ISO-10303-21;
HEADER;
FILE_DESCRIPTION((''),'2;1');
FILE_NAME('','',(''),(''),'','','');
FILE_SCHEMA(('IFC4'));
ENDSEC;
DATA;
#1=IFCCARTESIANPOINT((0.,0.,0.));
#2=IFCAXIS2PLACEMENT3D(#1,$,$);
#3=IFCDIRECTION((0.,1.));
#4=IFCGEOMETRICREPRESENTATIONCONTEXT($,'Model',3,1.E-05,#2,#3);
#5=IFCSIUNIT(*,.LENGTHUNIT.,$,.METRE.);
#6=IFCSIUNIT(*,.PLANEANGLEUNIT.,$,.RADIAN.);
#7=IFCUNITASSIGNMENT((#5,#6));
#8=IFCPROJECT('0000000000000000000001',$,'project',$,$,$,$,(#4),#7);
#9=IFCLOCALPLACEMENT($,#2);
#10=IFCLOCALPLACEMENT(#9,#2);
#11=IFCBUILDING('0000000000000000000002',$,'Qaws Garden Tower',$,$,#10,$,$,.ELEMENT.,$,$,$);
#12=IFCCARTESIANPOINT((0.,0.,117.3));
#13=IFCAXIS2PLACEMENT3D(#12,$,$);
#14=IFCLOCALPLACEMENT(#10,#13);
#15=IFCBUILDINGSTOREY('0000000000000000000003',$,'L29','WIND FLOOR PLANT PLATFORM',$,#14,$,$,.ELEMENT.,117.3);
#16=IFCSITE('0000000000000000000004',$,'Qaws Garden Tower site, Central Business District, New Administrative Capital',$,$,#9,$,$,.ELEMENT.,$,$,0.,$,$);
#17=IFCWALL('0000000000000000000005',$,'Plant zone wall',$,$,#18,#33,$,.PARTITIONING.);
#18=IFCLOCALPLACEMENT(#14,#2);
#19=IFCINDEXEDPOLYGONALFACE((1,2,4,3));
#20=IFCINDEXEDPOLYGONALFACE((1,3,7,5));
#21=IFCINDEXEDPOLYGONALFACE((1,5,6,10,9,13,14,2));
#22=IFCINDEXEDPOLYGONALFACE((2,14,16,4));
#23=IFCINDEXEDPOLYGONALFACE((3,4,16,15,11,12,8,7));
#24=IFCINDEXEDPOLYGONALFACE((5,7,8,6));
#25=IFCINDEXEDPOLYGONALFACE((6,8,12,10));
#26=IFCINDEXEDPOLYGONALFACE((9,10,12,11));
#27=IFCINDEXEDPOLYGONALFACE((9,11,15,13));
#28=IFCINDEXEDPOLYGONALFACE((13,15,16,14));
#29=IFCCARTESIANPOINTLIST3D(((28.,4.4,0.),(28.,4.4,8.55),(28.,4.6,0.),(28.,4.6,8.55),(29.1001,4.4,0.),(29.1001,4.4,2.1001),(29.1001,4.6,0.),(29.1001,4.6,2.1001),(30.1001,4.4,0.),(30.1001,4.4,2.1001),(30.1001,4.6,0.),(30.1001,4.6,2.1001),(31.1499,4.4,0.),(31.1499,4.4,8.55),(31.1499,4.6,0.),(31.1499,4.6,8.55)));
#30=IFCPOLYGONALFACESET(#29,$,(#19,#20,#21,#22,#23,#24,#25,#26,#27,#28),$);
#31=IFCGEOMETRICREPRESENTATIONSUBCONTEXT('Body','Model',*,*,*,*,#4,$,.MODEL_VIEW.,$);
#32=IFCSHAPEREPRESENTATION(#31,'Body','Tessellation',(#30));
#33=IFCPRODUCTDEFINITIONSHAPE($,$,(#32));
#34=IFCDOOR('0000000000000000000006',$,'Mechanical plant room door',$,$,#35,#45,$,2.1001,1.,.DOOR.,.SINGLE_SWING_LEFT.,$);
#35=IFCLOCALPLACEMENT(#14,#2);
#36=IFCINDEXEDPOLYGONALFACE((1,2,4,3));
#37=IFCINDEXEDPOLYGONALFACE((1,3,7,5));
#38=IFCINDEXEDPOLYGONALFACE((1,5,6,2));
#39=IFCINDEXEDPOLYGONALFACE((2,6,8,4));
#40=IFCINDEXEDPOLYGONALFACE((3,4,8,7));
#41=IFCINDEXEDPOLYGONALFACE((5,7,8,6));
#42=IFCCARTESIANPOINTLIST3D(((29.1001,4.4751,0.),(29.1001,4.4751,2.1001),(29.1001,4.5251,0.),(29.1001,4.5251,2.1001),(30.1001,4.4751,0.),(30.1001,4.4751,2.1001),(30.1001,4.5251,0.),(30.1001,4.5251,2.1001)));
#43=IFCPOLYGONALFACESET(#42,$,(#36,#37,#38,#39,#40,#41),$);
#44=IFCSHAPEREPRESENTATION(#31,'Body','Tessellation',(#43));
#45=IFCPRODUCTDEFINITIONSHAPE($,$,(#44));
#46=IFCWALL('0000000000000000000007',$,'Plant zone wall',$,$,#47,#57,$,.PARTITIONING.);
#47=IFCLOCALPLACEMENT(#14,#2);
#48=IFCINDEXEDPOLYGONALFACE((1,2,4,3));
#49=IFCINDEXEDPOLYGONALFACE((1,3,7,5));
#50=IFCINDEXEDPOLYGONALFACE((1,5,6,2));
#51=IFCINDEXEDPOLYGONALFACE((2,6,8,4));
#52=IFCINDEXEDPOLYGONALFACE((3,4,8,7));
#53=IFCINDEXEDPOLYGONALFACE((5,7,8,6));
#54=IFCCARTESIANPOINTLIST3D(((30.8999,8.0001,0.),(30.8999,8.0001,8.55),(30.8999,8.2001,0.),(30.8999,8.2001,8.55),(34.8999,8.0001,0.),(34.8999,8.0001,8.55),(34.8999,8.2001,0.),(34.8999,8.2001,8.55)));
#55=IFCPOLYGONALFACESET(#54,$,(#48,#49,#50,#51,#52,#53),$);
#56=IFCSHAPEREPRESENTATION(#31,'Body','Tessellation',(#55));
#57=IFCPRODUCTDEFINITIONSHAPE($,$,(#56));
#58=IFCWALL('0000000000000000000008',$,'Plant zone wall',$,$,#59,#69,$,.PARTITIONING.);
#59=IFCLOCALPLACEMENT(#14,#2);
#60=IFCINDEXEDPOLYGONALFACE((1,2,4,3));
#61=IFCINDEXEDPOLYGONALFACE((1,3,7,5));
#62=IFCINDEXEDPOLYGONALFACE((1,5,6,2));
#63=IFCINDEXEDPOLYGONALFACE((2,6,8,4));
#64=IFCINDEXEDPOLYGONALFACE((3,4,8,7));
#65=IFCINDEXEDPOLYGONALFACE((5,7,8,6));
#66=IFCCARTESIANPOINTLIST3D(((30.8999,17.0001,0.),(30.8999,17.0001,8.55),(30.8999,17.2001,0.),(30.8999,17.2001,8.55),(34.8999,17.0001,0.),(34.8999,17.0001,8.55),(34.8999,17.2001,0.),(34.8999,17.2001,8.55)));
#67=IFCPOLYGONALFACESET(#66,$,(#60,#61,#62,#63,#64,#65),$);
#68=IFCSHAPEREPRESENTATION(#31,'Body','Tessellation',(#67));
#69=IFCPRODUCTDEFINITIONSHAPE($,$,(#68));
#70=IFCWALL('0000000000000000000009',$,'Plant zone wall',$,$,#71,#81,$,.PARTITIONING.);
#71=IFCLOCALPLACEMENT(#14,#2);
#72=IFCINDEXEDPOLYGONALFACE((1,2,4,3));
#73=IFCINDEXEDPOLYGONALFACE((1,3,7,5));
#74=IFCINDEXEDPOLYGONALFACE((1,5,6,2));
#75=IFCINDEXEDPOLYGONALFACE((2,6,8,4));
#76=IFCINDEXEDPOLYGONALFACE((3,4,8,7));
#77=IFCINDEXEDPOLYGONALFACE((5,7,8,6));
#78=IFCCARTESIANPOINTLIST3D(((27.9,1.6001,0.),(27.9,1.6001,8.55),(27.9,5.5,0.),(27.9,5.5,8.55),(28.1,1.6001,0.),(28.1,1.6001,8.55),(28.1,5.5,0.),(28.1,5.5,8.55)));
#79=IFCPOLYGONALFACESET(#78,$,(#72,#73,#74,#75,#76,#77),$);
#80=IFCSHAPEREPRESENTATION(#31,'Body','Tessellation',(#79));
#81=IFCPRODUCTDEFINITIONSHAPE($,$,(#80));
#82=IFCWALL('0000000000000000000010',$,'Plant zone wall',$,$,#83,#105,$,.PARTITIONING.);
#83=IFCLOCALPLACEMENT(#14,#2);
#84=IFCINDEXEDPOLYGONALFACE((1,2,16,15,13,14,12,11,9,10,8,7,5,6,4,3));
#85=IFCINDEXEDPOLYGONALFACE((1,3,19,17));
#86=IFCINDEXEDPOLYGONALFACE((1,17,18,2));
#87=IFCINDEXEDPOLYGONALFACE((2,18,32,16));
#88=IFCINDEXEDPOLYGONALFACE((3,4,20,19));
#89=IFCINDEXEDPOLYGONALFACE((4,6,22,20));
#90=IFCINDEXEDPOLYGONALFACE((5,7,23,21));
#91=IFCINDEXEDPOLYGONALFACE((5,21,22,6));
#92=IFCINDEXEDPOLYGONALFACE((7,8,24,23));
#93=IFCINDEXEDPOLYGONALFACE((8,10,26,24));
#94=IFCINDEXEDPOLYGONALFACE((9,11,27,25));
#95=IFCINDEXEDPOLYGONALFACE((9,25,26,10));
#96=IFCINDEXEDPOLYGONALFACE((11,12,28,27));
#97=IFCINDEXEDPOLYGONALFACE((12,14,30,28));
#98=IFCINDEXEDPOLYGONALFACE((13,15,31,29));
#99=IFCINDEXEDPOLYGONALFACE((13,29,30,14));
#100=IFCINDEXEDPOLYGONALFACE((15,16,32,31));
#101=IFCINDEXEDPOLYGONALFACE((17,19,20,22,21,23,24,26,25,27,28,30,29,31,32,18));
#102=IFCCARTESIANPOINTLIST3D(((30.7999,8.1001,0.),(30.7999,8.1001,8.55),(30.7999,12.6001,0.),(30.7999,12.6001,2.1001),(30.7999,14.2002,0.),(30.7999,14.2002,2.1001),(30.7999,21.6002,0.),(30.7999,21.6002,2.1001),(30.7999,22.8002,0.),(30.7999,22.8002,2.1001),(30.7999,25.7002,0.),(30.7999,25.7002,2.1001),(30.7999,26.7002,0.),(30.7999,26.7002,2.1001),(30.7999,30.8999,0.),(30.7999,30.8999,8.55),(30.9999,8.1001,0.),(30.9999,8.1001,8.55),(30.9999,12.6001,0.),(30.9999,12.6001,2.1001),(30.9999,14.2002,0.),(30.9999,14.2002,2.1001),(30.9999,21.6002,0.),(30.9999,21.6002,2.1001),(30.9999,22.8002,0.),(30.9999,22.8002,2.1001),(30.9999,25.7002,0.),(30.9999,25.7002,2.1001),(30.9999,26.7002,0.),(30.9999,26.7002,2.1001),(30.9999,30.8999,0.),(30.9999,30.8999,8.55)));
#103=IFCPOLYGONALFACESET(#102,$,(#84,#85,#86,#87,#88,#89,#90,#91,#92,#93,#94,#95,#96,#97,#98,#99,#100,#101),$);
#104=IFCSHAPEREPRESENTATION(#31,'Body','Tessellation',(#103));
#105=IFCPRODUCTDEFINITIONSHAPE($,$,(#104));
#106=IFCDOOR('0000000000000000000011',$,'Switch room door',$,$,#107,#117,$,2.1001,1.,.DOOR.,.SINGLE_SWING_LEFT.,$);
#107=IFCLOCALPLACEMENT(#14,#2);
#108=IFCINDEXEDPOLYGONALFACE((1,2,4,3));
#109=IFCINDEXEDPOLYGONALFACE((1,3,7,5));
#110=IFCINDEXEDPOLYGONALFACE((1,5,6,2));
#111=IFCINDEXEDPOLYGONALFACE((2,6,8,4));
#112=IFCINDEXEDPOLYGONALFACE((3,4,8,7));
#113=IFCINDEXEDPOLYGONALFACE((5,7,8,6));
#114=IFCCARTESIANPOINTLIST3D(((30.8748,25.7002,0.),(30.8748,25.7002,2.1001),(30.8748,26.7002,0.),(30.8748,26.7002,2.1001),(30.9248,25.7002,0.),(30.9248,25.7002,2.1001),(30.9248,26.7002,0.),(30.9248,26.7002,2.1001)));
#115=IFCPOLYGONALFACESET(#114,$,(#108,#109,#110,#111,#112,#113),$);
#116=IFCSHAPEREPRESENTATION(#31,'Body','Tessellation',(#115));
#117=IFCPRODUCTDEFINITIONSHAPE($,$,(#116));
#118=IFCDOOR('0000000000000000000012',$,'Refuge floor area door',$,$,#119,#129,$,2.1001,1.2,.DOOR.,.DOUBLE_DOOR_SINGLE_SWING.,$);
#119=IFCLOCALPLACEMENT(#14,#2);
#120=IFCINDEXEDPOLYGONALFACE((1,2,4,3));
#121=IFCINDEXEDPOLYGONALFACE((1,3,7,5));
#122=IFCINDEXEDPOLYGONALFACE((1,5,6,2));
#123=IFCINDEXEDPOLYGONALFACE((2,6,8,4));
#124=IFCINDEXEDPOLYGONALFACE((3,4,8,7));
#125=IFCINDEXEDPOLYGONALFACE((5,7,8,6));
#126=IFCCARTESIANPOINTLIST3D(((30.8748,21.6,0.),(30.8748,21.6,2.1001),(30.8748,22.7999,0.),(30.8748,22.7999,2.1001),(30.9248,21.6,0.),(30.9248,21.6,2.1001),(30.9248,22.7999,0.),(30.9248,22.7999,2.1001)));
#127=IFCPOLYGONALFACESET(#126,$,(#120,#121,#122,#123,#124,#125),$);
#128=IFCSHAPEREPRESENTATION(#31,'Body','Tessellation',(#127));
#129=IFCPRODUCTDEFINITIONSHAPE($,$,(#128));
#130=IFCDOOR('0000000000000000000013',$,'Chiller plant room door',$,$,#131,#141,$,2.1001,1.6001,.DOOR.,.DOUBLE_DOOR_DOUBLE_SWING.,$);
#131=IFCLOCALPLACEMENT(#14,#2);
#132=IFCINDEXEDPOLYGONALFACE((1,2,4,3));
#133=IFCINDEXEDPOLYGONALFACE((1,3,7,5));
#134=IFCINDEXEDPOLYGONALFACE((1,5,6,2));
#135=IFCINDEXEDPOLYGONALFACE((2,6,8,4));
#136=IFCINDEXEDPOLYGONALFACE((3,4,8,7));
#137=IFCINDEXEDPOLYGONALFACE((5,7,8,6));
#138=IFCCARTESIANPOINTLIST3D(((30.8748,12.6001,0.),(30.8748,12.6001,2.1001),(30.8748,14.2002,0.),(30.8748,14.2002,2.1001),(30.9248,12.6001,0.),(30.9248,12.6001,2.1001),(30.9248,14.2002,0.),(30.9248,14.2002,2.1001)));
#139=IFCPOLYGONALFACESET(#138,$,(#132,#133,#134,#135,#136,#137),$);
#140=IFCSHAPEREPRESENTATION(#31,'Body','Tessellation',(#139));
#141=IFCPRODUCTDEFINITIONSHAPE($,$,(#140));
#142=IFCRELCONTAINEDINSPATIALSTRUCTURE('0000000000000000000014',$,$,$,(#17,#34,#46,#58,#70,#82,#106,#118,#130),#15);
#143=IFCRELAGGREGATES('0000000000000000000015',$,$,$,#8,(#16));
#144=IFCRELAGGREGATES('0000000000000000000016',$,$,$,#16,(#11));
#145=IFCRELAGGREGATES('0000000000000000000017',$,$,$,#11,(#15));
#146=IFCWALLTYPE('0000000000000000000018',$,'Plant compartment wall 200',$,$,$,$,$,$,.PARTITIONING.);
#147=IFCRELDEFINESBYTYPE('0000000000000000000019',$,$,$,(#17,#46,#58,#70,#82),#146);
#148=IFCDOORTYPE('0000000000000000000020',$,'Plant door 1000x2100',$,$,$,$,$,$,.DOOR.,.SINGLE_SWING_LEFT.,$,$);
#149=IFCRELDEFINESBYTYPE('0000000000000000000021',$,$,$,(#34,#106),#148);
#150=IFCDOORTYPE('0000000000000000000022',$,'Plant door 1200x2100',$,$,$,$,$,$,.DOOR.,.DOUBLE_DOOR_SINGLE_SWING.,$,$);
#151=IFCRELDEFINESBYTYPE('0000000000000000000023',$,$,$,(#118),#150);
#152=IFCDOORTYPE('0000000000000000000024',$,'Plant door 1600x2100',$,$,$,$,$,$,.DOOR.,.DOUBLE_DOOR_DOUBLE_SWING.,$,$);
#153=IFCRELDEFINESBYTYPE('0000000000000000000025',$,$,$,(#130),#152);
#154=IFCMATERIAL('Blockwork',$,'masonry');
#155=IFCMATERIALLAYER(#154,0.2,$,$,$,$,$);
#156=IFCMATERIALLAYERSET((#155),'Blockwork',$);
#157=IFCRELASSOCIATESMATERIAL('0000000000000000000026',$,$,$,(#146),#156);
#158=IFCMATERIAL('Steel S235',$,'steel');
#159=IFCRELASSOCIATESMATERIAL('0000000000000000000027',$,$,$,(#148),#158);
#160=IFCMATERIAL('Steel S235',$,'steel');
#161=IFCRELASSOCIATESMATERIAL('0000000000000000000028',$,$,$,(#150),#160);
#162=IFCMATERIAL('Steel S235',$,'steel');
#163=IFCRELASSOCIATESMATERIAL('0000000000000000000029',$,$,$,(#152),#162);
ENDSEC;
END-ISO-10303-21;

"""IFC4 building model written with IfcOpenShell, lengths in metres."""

from ifc_helpers import new_model, si_unit, direction, frame, frame_2d, origin, place, context, subcontext, project, spatial, rectangle, extrude, material, layer, layer_set, type_object, element, fill, save


model = new_model("IFC4")

# Units and contexts
model_context = context("Model", 3, precision=1e-05, world=origin(), true_north=direction((0.0, 1.0)))
body_context = subcontext(model_context, "Body", "Model", "MODEL_VIEW")
ifc_project = project(units=[si_unit("LENGTHUNIT", "METRE"), si_unit("PLANEANGLEUNIT", "RADIAN")], contexts=[model_context])

# Site, building, storey
site_placement = place(None, origin())
site = spatial("IfcSite", under=ifc_project, at=site_placement, Name="Qaws Garden Tower site, Central Business District, New Administrative Capital", CompositionType="ELEMENT", RefElevation=0.0)
building_placement = place(site_placement, origin())
building = spatial("IfcBuilding", under=site, at=building_placement, Name="Qaws Garden Tower", CompositionType="ELEMENT")
storey_placement = place(building_placement, frame((0.0, 0.0, 117.3)))
storey = spatial("IfcBuildingStorey", under=building, at=storey_placement, Name="L29", Description="WIND FLOOR PLANT PLATFORM", CompositionType="ELEMENT", Elevation=117.3)

# Wall, opening, door
ifc_material_1 = material(Name="Blockwork", Category="masonry")
ifc_layer_1 = layer(ifc_material_1, 0.2)
ifc_layer_set_1 = layer_set([ifc_layer_1], Name="Blockwork")
wall_type_1 = type_object("IfcWallType", Name="Plant compartment wall 200", PredefinedType="PARTITIONING", material=ifc_layer_set_1)
wall_1_placement = place(storey_placement, frame((28.0, 4.5, 0.0), z_axis=(0.0, 0.0, 1.0), x_axis=(1.0, 0.0, 0.0)))
wall_1 = element("IfcWall", 1, at=wall_1_placement, inside=storey, type_object=wall_type_1, Name="Plant zone wall", PredefinedType="PARTITIONING", context=body_context, shape_type="SweptSolid", body=[
    extrude(rectangle(XDim=3.1499, YDim=0.2, at=frame_2d((1.575, 0.0))), origin(), (0.0, 0.0, 1.0), 8.55),
])
opening_1_placement = place(wall_1_placement, frame((1.1001, 0.0, 0.0)))
opening_1 = element("IfcOpeningElement", 2, at=opening_1_placement, cuts=wall_1, PredefinedType="OPENING", context=body_context, shape_type="SweptSolid", body=[
    extrude(rectangle(XDim=1.0, YDim=2.1001, at=frame_2d((0.5, 1.05))), frame((0.0, 0.1099, 0.0), z_axis=(0.0, -1.0, 0.0), x_axis=(1.0, 0.0, 0.0)), (0.0, 0.0, 1.0), 0.22),
])
ifc_material_2 = material(Name="Steel S235", Category="steel")
door_type_1 = type_object("IfcDoorType", Name="Plant door 1000x2100", OperationType="SINGLE_SWING_LEFT", PredefinedType="DOOR", material=ifc_material_2)
door_1_placement = place(opening_1_placement, frame((1.0, 0.0, 0.0), z_axis=(0.0, 0.0, 1.0), x_axis=(-1.0, 0.0, 0.0)))
door_1 = element("IfcDoor", 3, at=door_1_placement, inside=storey, type_object=door_type_1, Name="Mechanical plant room door", OperationType="SINGLE_SWING_LEFT", OverallHeight=2.1001, OverallWidth=1.0, PredefinedType="DOOR", context=body_context, shape_type="SweptSolid", body=[
    extrude(rectangle(XDim=1.0, YDim=2.1001, at=frame_2d((0.5, 1.05))), frame((0.0, 0.0249, 0.0), z_axis=(0.0, -1.0, 0.0), x_axis=(1.0, 0.0, 0.0)), (0.0, 0.0, 1.0), 0.05),
])
fill(opening_1, door_1)

# Walls
for number, where, z_axis, x_axis, name in (
    (4, (30.8999, 8.1001, 0.0), (0.0, 0.0, 1.0), (1.0, 0.0, 0.0), "Plant zone wall"),
    (5, (30.8999, 17.1001, 0.0), (0.0, 0.0, 1.0), (1.0, 0.0, 0.0), "Plant zone wall"),
):
    element("IfcWall", number, at=place(storey_placement, frame(where, z_axis=z_axis, x_axis=x_axis)), inside=storey, type_object=wall_type_1, Name=name, PredefinedType="PARTITIONING", context=body_context, shape_type="SweptSolid", body=[
        extrude(rectangle(XDim=4.0, YDim=0.2, at=frame_2d((2.0, 0.0))), origin(), (0.0, 0.0, 1.0), 8.55),
    ])
wall_2_placement = place(storey_placement, frame((28.0, 1.6001, 0.0), z_axis=(0.0, 0.0, 1.0), x_axis=(0.0, 1.0, 0.0)))
element("IfcWall", 6, at=wall_2_placement, inside=storey, type_object=wall_type_1, Name="Plant zone wall", PredefinedType="PARTITIONING", context=body_context, shape_type="SweptSolid", body=[
    extrude(rectangle(XDim=3.8999, YDim=0.2, at=frame_2d((1.95, 0.0))), origin(), (0.0, 0.0, 1.0), 8.55),
])

# Wall, openings, doors
wall_3_placement = place(storey_placement, frame((30.8999, 8.1001, 0.0), z_axis=(0.0, 0.0, 1.0), x_axis=(0.0, 1.0, 0.0)))
wall_3 = element("IfcWall", 7, at=wall_3_placement, inside=storey, type_object=wall_type_1, Name="Plant zone wall", PredefinedType="PARTITIONING", context=body_context, shape_type="SweptSolid", body=[
    extrude(rectangle(XDim=22.7998, YDim=0.2, at=frame_2d((11.3999, 0.0))), origin(), (0.0, 0.0, 1.0), 8.55),
])
opening_2_placement = place(wall_3_placement, frame((4.5, 0.0, 0.0)))
opening_2 = element("IfcOpeningElement", 8, at=opening_2_placement, cuts=wall_3, PredefinedType="OPENING", context=body_context, shape_type="SweptSolid", body=[
    extrude(rectangle(XDim=1.6001, YDim=2.1001, at=frame_2d((0.8, 1.05))), frame((0.0, 0.1099, 0.0), z_axis=(0.0, -1.0, 0.0), x_axis=(1.0, 0.0, 0.0)), (0.0, 0.0, 1.0), 0.22),
])
opening_3_placement = place(wall_3_placement, frame((13.5, 0.0, 0.0)))
opening_3 = element("IfcOpeningElement", 9, at=opening_3_placement, cuts=wall_3, PredefinedType="OPENING", context=body_context, shape_type="SweptSolid", body=[
    extrude(rectangle(XDim=1.2, YDim=2.1001, at=frame_2d((0.6001, 1.05))), frame((0.0, 0.1099, 0.0), z_axis=(0.0, -1.0, 0.0), x_axis=(1.0, 0.0, 0.0)), (0.0, 0.0, 1.0), 0.22),
])
opening_4_placement = place(wall_3_placement, frame((17.6001, 0.0, 0.0)))
opening_4 = element("IfcOpeningElement", 10, at=opening_4_placement, cuts=wall_3, PredefinedType="OPENING", context=body_context, shape_type="SweptSolid", body=[
    extrude(rectangle(XDim=1.0, YDim=2.1001, at=frame_2d((0.5, 1.05))), frame((0.0, 0.1099, 0.0), z_axis=(0.0, -1.0, 0.0), x_axis=(1.0, 0.0, 0.0)), (0.0, 0.0, 1.0), 0.22),
])
door_2_placement = place(opening_4_placement, frame((1.0, 0.0, 0.0), z_axis=(0.0, 0.0, 1.0), x_axis=(-1.0, 0.0, 0.0)))
door_2 = element("IfcDoor", 11, at=door_2_placement, inside=storey, type_object=door_type_1, Name="Switch room door", OperationType="SINGLE_SWING_LEFT", OverallHeight=2.1001, OverallWidth=1.0, PredefinedType="DOOR", context=body_context, shape_type="SweptSolid", body=[
    extrude(rectangle(XDim=1.0, YDim=2.1001, at=frame_2d((0.5, 1.05))), frame((0.0, 0.0249, 0.0), z_axis=(0.0, -1.0, 0.0), x_axis=(1.0, 0.0, 0.0)), (0.0, 0.0, 1.0), 0.05),
])
fill(opening_4, door_2)
ifc_material_3 = material(Name="Steel S235", Category="steel")
door_type_2 = type_object("IfcDoorType", Name="Plant door 1200x2100", OperationType="DOUBLE_DOOR_SINGLE_SWING", PredefinedType="DOOR", material=ifc_material_3)
door_3_placement = place(opening_3_placement, frame((1.2, 0.0, 0.0), z_axis=(0.0, 0.0, 1.0), x_axis=(-1.0, 0.0, 0.0)))
door_3 = element("IfcDoor", 12, at=door_3_placement, inside=storey, type_object=door_type_2, Name="Refuge floor area door", OperationType="DOUBLE_DOOR_SINGLE_SWING", OverallHeight=2.1001, OverallWidth=1.2, PredefinedType="DOOR", context=body_context, shape_type="SweptSolid", body=[
    extrude(rectangle(XDim=1.2, YDim=2.1001, at=frame_2d((0.6001, 1.05))), frame((0.0, 0.0249, 0.0), z_axis=(0.0, -1.0, 0.0), x_axis=(1.0, 0.0, 0.0)), (0.0, 0.0, 1.0), 0.05),
])
fill(opening_3, door_3)
ifc_material_4 = material(Name="Steel S235", Category="steel")
door_type_3 = type_object("IfcDoorType", Name="Plant door 1600x2100", OperationType="DOUBLE_DOOR_DOUBLE_SWING", PredefinedType="DOOR", material=ifc_material_4)
door_4_placement = place(opening_2_placement, frame((1.6001, 0.0, 0.0), z_axis=(0.0, 0.0, 1.0), x_axis=(-1.0, 0.0, 0.0)))
door_4 = element("IfcDoor", 13, at=door_4_placement, inside=storey, type_object=door_type_3, Name="Chiller plant room door", OperationType="DOUBLE_DOOR_DOUBLE_SWING", OverallHeight=2.1001, OverallWidth=1.6001, PredefinedType="DOOR", context=body_context, shape_type="SweptSolid", body=[
    extrude(rectangle(XDim=1.6001, YDim=2.1001, at=frame_2d((0.8, 1.05))), frame((0.0, 0.0249, 0.0), z_axis=(0.0, -1.0, 0.0), x_axis=(1.0, 0.0, 0.0)), (0.0, 0.0, 1.0), 0.05),
])
fill(opening_2, door_4)

save(model, "model.ifc")
